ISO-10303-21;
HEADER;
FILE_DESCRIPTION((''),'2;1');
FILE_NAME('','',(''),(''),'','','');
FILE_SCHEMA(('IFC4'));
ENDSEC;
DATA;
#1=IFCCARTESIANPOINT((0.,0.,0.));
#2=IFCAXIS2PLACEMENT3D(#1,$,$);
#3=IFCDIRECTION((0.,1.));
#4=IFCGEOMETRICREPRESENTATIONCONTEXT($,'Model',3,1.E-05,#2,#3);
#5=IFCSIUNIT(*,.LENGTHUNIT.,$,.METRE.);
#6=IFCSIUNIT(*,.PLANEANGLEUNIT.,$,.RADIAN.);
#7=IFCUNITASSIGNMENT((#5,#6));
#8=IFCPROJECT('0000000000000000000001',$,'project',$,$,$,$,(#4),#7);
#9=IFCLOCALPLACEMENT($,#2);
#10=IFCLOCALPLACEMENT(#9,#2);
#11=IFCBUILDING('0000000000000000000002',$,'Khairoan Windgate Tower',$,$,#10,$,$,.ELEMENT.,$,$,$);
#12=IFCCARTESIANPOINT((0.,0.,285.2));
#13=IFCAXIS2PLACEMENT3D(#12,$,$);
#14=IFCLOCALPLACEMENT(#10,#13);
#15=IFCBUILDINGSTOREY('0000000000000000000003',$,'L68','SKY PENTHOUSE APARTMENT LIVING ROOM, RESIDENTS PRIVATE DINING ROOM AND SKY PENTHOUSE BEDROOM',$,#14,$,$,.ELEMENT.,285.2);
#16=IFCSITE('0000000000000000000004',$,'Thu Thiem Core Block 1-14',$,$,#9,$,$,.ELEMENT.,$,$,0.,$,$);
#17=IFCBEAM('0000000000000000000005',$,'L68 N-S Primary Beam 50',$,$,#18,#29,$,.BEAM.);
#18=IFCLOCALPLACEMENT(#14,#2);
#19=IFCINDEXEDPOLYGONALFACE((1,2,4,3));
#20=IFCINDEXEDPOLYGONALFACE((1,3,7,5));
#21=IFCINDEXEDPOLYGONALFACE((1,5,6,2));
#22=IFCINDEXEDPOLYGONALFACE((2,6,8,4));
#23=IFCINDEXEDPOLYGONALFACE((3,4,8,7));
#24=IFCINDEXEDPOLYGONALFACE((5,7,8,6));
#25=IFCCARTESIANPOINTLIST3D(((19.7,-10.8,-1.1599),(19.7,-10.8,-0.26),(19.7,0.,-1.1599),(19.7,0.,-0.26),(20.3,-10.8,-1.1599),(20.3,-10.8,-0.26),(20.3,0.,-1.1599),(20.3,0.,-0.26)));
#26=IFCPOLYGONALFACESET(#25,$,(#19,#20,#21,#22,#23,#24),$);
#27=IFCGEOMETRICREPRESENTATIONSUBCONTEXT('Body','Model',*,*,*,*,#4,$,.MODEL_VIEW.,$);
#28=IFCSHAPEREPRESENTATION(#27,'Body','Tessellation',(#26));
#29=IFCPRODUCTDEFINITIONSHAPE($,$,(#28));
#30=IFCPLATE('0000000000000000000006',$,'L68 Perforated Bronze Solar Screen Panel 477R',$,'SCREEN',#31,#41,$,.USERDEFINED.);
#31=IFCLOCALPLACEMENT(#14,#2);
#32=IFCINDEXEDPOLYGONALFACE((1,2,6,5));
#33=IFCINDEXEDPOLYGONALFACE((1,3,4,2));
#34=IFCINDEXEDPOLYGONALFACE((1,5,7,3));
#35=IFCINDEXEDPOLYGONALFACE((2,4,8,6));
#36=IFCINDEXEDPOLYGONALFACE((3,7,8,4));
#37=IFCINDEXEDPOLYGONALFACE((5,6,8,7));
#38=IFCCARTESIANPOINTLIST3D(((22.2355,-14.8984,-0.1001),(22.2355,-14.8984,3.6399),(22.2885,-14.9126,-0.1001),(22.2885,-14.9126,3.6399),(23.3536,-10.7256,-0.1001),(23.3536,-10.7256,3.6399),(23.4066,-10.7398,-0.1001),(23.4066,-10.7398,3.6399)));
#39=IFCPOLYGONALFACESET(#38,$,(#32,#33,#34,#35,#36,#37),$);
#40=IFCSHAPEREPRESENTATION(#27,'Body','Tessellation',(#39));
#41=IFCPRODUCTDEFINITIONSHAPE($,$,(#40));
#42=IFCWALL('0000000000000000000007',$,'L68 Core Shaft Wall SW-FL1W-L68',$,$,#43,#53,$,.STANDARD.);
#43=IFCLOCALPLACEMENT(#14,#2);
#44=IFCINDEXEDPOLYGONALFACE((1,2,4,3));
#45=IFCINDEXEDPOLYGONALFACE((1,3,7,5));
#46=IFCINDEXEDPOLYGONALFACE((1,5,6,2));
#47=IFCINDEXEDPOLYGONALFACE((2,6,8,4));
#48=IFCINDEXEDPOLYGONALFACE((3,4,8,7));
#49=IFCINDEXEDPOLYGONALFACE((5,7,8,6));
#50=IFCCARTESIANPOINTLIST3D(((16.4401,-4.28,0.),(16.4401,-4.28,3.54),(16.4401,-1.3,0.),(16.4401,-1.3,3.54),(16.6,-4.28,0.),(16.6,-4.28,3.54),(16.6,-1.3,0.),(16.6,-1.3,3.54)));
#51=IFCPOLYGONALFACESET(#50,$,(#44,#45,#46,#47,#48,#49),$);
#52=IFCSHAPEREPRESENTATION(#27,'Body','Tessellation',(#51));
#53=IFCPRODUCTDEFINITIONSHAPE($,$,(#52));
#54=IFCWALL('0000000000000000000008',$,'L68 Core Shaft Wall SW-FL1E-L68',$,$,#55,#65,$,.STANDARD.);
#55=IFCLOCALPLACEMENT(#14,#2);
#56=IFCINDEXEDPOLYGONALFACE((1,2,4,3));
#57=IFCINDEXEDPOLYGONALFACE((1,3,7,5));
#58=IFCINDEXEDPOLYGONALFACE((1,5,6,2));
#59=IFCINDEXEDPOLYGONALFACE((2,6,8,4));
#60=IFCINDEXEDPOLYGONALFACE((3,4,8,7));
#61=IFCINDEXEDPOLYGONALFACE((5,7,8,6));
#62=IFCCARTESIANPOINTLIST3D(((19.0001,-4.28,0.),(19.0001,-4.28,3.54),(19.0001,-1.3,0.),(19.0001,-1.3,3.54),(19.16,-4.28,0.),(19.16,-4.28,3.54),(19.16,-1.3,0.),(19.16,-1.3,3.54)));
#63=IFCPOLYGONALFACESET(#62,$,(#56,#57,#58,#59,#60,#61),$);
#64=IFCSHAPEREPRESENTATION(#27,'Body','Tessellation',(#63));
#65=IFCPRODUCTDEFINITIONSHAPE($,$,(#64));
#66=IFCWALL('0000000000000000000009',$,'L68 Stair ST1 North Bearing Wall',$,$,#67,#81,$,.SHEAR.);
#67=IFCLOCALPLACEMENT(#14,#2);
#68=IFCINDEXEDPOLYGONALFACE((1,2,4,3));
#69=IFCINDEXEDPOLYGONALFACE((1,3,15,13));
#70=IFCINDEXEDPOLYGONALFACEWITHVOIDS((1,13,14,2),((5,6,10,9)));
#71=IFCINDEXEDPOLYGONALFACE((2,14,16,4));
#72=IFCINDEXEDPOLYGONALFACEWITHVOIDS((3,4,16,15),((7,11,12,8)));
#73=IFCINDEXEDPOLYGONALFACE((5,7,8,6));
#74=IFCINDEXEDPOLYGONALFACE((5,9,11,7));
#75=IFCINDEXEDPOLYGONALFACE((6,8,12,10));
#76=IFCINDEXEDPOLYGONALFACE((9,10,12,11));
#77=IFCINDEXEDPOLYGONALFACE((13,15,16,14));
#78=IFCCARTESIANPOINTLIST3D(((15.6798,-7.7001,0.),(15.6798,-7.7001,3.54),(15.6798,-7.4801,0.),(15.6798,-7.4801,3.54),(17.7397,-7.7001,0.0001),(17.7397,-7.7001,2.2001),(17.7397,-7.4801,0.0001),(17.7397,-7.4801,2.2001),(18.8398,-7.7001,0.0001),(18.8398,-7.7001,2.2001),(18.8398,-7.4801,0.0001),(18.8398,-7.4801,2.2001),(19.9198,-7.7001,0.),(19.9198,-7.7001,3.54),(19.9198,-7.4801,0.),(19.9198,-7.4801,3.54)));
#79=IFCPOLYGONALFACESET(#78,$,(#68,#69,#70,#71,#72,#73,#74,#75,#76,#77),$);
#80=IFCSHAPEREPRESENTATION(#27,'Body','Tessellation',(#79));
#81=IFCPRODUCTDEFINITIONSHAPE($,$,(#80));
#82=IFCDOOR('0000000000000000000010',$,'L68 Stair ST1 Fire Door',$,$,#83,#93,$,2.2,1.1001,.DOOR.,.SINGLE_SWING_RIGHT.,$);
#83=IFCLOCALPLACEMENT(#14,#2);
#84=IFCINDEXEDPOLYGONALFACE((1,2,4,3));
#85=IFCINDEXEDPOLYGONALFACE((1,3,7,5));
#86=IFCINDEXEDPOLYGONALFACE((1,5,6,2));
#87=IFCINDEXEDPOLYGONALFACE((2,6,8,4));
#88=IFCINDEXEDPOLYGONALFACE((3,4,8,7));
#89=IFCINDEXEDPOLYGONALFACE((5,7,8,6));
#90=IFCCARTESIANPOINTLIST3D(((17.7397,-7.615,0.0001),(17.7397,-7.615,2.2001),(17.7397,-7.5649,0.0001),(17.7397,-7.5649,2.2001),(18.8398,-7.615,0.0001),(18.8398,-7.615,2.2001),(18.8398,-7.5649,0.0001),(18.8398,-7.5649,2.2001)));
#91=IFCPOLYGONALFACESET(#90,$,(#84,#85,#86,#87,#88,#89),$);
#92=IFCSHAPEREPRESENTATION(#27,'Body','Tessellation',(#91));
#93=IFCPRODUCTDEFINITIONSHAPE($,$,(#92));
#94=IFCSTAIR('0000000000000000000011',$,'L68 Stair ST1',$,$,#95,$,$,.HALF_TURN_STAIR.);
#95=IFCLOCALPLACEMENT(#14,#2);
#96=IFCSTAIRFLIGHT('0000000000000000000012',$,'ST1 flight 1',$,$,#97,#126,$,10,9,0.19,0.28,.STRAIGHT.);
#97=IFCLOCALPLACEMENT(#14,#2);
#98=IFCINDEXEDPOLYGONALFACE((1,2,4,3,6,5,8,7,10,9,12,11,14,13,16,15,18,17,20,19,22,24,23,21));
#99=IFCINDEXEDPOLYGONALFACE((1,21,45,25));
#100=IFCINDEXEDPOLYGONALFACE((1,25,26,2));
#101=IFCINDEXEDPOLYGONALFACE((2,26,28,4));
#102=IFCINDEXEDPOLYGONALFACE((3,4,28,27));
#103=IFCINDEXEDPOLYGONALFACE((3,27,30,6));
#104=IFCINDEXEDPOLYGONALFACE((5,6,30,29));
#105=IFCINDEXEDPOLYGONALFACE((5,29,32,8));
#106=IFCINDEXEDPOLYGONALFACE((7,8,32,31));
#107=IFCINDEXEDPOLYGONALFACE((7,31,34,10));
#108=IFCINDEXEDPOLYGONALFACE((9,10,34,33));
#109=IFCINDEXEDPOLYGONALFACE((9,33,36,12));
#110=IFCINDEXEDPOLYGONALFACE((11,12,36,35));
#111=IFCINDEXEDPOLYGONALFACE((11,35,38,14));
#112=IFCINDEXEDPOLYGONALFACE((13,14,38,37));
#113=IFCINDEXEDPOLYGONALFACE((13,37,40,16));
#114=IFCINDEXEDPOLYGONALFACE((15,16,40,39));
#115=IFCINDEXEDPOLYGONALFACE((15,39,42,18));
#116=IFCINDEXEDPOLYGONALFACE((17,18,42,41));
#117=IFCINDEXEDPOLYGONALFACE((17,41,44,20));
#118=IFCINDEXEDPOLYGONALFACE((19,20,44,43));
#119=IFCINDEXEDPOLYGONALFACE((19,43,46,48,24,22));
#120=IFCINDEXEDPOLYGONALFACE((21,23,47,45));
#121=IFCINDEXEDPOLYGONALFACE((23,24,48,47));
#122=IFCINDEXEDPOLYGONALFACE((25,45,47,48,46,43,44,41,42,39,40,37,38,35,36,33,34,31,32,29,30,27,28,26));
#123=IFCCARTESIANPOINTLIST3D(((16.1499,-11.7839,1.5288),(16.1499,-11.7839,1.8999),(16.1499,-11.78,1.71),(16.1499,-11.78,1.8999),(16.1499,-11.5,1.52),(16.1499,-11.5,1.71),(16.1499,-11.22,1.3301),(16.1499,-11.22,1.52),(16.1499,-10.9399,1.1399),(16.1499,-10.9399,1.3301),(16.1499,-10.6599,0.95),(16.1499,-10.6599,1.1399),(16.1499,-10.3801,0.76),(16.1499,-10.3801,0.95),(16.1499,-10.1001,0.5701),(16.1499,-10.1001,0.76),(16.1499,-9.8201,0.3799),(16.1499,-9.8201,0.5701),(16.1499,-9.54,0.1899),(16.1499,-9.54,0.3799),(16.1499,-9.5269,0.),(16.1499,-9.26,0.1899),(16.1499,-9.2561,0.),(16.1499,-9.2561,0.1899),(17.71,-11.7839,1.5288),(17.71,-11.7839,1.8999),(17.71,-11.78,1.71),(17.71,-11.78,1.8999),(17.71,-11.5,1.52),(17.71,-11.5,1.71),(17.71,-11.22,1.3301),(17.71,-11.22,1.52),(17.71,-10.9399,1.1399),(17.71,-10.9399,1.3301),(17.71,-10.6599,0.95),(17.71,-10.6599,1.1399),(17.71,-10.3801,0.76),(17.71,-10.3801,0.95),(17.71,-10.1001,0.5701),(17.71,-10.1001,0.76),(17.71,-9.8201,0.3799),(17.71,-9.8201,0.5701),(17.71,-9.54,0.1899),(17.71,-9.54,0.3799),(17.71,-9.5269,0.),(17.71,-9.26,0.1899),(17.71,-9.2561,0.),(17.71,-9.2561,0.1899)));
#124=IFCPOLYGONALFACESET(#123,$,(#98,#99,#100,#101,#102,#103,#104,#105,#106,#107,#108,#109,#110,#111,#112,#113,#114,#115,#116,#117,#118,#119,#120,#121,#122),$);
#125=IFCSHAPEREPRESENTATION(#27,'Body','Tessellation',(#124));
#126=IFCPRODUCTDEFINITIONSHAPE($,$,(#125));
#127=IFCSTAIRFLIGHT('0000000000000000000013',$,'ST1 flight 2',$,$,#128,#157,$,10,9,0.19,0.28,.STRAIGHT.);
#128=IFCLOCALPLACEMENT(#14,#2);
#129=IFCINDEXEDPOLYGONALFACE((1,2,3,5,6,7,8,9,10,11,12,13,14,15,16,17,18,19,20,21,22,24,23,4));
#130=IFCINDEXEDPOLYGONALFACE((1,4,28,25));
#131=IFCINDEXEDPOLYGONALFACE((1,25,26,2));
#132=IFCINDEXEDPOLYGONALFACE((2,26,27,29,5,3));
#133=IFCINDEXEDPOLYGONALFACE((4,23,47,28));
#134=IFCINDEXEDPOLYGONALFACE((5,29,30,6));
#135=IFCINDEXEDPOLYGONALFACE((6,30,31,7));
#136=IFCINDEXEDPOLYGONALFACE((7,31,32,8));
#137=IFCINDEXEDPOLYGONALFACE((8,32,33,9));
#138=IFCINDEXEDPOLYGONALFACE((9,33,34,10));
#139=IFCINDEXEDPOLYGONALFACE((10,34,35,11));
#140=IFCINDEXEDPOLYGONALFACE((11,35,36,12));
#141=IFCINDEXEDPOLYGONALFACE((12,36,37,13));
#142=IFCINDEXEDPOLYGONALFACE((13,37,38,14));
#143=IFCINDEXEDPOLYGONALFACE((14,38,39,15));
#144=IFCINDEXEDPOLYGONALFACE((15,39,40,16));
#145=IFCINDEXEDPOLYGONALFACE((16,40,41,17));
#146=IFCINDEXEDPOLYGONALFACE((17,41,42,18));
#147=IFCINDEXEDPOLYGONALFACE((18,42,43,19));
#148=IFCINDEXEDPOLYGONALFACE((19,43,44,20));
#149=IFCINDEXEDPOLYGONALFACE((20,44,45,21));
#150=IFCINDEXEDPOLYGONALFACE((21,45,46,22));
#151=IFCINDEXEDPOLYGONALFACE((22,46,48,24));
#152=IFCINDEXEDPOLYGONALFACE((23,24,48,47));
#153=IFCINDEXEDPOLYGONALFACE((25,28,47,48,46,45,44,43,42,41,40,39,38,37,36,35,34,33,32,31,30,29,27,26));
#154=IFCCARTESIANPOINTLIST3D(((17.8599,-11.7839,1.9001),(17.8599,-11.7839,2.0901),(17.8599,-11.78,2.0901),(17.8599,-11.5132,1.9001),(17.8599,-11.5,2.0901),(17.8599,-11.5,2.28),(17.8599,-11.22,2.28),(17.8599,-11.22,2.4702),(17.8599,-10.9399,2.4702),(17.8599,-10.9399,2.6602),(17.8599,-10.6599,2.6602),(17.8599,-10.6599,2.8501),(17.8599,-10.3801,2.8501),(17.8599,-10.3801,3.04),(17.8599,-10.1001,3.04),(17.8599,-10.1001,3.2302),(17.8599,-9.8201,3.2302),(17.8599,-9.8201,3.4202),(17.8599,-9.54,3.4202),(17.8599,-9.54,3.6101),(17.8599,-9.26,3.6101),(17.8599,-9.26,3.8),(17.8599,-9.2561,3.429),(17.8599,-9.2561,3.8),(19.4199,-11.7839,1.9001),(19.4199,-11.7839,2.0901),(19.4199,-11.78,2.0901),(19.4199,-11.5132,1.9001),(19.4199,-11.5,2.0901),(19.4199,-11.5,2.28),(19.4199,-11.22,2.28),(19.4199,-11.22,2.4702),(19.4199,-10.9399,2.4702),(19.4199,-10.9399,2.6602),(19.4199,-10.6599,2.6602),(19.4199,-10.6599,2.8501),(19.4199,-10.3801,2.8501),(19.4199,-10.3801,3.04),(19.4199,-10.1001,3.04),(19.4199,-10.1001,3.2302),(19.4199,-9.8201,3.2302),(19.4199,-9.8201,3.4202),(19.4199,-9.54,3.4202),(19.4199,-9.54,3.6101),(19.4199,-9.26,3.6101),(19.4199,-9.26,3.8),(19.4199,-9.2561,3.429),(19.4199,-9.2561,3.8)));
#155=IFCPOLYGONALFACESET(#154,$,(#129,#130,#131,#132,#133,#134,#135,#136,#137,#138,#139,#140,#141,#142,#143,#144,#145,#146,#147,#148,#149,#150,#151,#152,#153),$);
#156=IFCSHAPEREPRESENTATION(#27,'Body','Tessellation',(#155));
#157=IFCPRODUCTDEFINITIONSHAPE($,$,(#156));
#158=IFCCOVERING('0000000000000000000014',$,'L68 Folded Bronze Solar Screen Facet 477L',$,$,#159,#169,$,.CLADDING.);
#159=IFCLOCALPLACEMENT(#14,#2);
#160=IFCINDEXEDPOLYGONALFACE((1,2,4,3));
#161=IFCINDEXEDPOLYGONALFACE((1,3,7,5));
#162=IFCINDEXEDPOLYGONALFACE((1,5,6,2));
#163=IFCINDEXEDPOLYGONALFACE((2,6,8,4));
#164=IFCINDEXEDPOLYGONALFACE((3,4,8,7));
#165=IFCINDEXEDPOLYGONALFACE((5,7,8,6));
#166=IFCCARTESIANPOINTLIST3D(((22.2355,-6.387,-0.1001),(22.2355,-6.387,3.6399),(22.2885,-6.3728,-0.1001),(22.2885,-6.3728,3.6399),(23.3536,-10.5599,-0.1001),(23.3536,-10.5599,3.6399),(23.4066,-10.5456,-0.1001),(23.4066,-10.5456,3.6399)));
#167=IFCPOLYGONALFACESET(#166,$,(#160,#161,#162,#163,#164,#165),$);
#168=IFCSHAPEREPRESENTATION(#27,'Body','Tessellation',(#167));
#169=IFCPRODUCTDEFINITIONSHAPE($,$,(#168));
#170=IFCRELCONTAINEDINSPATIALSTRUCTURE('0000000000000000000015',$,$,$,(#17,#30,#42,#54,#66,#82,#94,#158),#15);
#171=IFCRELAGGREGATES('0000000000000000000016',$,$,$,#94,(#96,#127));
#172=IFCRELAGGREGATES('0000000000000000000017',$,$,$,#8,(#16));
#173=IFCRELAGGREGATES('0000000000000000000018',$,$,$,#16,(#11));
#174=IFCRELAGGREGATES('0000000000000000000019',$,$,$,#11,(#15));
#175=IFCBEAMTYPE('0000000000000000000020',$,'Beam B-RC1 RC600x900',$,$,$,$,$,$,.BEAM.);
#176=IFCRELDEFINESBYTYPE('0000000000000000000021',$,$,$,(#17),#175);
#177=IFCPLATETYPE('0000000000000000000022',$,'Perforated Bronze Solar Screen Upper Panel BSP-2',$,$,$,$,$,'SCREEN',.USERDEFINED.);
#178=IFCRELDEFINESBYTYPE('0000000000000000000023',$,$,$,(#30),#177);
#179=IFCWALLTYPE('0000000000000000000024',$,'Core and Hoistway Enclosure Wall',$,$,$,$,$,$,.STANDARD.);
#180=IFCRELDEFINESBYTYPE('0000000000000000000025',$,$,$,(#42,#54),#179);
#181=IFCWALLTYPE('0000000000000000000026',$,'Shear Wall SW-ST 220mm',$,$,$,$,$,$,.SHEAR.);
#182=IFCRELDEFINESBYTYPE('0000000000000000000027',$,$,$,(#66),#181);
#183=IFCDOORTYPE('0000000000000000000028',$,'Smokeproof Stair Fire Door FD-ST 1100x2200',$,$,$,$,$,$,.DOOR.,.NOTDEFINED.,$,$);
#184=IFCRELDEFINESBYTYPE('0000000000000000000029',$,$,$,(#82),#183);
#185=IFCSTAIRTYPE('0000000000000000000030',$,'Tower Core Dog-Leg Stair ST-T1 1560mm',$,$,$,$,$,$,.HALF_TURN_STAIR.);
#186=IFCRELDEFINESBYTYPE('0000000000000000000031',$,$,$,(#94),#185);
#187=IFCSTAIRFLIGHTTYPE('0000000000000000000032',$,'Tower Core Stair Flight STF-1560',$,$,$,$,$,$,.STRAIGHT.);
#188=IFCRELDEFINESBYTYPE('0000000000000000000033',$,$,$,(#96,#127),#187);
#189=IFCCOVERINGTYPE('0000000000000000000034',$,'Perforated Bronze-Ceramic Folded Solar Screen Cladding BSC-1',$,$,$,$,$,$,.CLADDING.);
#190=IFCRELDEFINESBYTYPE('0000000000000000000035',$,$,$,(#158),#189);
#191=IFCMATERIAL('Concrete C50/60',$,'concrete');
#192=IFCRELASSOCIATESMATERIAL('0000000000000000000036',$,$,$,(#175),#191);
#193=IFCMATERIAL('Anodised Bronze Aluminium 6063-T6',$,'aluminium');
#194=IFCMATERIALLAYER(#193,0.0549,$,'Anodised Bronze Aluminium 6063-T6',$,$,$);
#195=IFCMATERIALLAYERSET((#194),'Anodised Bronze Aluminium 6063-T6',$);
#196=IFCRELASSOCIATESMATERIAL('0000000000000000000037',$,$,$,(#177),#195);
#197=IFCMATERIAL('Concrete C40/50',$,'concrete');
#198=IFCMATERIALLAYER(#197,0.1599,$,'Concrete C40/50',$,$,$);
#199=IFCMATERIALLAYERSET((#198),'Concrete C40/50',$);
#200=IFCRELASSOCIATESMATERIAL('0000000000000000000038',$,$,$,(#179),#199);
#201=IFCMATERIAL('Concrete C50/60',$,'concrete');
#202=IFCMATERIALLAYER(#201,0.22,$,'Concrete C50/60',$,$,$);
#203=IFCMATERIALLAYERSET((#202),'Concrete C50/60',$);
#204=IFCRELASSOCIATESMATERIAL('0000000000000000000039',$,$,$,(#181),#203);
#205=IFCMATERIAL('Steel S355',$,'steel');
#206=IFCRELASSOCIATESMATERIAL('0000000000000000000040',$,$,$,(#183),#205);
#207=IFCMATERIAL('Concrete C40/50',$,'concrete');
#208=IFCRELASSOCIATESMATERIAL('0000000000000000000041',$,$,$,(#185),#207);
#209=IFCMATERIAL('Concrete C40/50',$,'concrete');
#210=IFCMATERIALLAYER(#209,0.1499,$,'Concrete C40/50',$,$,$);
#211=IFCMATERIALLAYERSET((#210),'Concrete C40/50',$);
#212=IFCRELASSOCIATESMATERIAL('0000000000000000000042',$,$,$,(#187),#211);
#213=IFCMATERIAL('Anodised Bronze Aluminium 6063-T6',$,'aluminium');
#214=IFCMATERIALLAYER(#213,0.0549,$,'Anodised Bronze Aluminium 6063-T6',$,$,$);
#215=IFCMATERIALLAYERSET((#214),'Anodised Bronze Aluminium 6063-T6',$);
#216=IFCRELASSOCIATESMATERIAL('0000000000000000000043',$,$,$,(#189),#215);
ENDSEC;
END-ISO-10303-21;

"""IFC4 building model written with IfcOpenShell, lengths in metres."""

from ifc_helpers import new_model, si_unit, direction, frame, frame_2d, origin, origin_2d, place, context, subcontext, project, spatial, polyline, rectangle, outline, extrude, material, layer, layer_set, material_profile, profile_set, type_object, element, fill, aggregate, save


model = new_model("IFC4")

# Units and contexts
model_context = context("Model", 3, precision=1e-05, world=origin(), true_north=direction((0.0, 1.0)))
body_context = subcontext(model_context, "Body", "Model", "MODEL_VIEW")
ifc_project = project(units=[si_unit("LENGTHUNIT", "METRE"), si_unit("PLANEANGLEUNIT", "RADIAN")], contexts=[model_context])

# Site, building, storey
site_placement = place(None, origin())
site = spatial("IfcSite", under=ifc_project, at=site_placement, Name="Thu Thiem Core Block 1-14", CompositionType="ELEMENT", RefElevation=0.0)
building_placement = place(site_placement, origin())
building = spatial("IfcBuilding", under=site, at=building_placement, Name="Khairoan Windgate Tower", CompositionType="ELEMENT")
storey_placement = place(building_placement, frame((0.0, 0.0, 285.2)))
storey = spatial("IfcBuildingStorey", under=building, at=storey_placement, Name="L68", Description="SKY PENTHOUSE APARTMENT LIVING ROOM, RESIDENTS PRIVATE DINING ROOM AND SKY PENTHOUSE BEDROOM", CompositionType="ELEMENT", Elevation=285.2)

# Beam
ifc_material_1 = material(Name="Concrete C50/60", Category="concrete")
ifc_material_profile = material_profile(ifc_material_1, rectangle(XDim=0.6001, YDim=0.8999, at=origin_2d()))
ifc_profile_set = profile_set([ifc_material_profile], Name="Concrete C50/60")
beam_type = type_object("IfcBeamType", Name="Beam B-RC1 RC600x900", PredefinedType="BEAM", material=ifc_profile_set)
beam_placement = place(storey_placement, frame((20.0, -10.8, -0.71), z_axis=(0.0, 1.0, 0.0), x_axis=(-1.0, 0.0, 0.0)))
element("IfcBeam", 1, at=beam_placement, inside=storey, type_object=beam_type, Name="L68 N-S Primary Beam 50", PredefinedType="BEAM", context=body_context, shape_type="SweptSolid", body=[
    extrude(rectangle(XDim=0.6001, YDim=0.8999, at=origin_2d()), origin(), (0.0, 0.0, 1.0), 10.8),
])

# Plate
ifc_material_2 = material(Name="Anodised Bronze Aluminium 6063-T6", Category="aluminium")
ifc_layer_1 = layer(ifc_material_2, 0.0549, Name="Anodised Bronze Aluminium 6063-T6")
ifc_layer_set_1 = layer_set([ifc_layer_1], Name="Anodised Bronze Aluminium 6063-T6")
plate_type = type_object("IfcPlateType", Name="Perforated Bronze Solar Screen Upper Panel BSP-2", ElementType="SCREEN", PredefinedType="USERDEFINED", material=ifc_layer_set_1)
plate_placement = place(storey_placement, frame((22.821, -12.8191, -0.1001), z_axis=(0.0, 0.0, 1.0), x_axis=(-0.258819, -0.965926, 0.0)))
element("IfcPlate", 2, at=plate_placement, inside=storey, type_object=plate_type, Name="L68 Perforated Bronze Solar Screen Panel 477R", ObjectType="SCREEN", PredefinedType="USERDEFINED", context=body_context, shape_type="SweptSolid", body=[
    extrude(rectangle(XDim=4.3201, YDim=0.0549, at=origin_2d()), origin(), (0.0, 0.0, 1.0), 3.74),
])

# Walls
ifc_material_3 = material(Name="Concrete C40/50", Category="concrete")
ifc_layer_2 = layer(ifc_material_3, 0.1599, Name="Concrete C40/50")
ifc_layer_set_2 = layer_set([ifc_layer_2], Name="Concrete C40/50")
wall_type_1 = type_object("IfcWallType", Name="Core and Hoistway Enclosure Wall", PredefinedType="STANDARD", material=ifc_layer_set_2)
for number, where, z_axis, x_axis, name in (
    (3, (16.52, -4.28, 0.0), (0.0, 0.0, 1.0), (0.0, 1.0, 0.0), "L68 Core Shaft Wall SW-FL1W-L68"),
    (4, (19.0801, -4.28, 0.0), (0.0, 0.0, 1.0), (0.0, 1.0, 0.0), "L68 Core Shaft Wall SW-FL1E-L68"),
):
    element("IfcWall", number, at=place(storey_placement, frame(where, z_axis=z_axis, x_axis=x_axis)), inside=storey, type_object=wall_type_1, Name=name, PredefinedType="STANDARD", context=body_context, shape_type="SweptSolid", body=[
        extrude(rectangle(XDim=2.98, YDim=0.1599, at=frame_2d((1.49, 0.0))), origin(), (0.0, 0.0, 1.0), 3.54),
    ])

# Wall, opening, door
ifc_material_4 = material(Name="Concrete C50/60", Category="concrete")
ifc_layer_3 = layer(ifc_material_4, 0.22, Name="Concrete C50/60")
ifc_layer_set_3 = layer_set([ifc_layer_3], Name="Concrete C50/60")
wall_type_2 = type_object("IfcWallType", Name="Shear Wall SW-ST 220mm", PredefinedType="SHEAR", material=ifc_layer_set_3)
wall_placement = place(storey_placement, frame((19.9199, -7.5901, 0.0), z_axis=(0.0, 0.0, 1.0), x_axis=(-1.0, 0.0, 0.0)))
wall = element("IfcWall", 5, at=wall_placement, inside=storey, type_object=wall_type_2, Name="L68 Stair ST1 North Bearing Wall", PredefinedType="SHEAR", context=body_context, shape_type="SweptSolid", body=[
    extrude(rectangle(XDim=4.24, YDim=0.22, at=frame_2d((2.1201, 0.0))), origin(), (0.0, 0.0, 1.0), 3.54),
])
opening_placement = place(wall_placement, frame((1.0801, 0.0, 0.0)))
opening = element("IfcOpeningElement", 6, at=opening_placement, cuts=wall, PredefinedType="OPENING", context=body_context, shape_type="SweptSolid", body=[
    extrude(rectangle(XDim=1.1001, YDim=2.2, at=frame_2d((0.55, 1.1001))), frame((0.0, 0.1199, 0.0), z_axis=(0.0, -1.0, 0.0), x_axis=(1.0, 0.0, 0.0)), (0.0, 0.0, 1.0), 0.24),
])
ifc_material_5 = material(Name="Steel S355", Category="steel")
door_type = type_object("IfcDoorType", Name="Smokeproof Stair Fire Door FD-ST 1100x2200", OperationType="NOTDEFINED", PredefinedType="DOOR", material=ifc_material_5)
door_placement = place(opening_placement, origin())
door = element("IfcDoor", 7, at=door_placement, inside=storey, type_object=door_type, Name="L68 Stair ST1 Fire Door", OperationType="SINGLE_SWING_RIGHT", OverallHeight=2.2, OverallWidth=1.1001, PredefinedType="DOOR", context=body_context, shape_type="SweptSolid", body=[
    extrude(rectangle(XDim=1.1001, YDim=2.2, at=frame_2d((0.55, 1.1001))), frame((0.0, 0.0249, 0.0), z_axis=(0.0, -1.0, 0.0), x_axis=(1.0, 0.0, 0.0)), (0.0, 0.0, 1.0), 0.05),
])
fill(opening, door)

# Stair, stair flights
ifc_material_6 = material(Name="Concrete C40/50", Category="concrete")
stair_type = type_object("IfcStairType", Name="Tower Core Dog-Leg Stair ST-T1 1560mm", PredefinedType="HALF_TURN_STAIR", material=ifc_material_6)
stair_placement = place(storey_placement, origin())
stair = element("IfcStair", 8, at=stair_placement, inside=storey, type_object=stair_type, Name="L68 Stair ST1", PredefinedType="HALF_TURN_STAIR")
ifc_material_7 = material(Name="Concrete C40/50", Category="concrete")
ifc_layer_4 = layer(ifc_material_7, 0.1499, Name="Concrete C40/50")
ifc_layer_set_4 = layer_set([ifc_layer_4], Name="Concrete C40/50")
stair_flight_type = type_object("IfcStairFlightType", Name="Tower Core Stair Flight STF-1560", PredefinedType="STRAIGHT", material=ifc_layer_set_4)
stair_flight_1_placement = place(storey_placement, frame((16.9299, -9.26, 0.0), z_axis=(0.0, 0.0, 1.0), x_axis=(0.0, -1.0, 0.0)))
stair_flight_1 = element("IfcStairFlight", 9, at=stair_flight_1_placement, type_object=stair_flight_type, Name="ST1 flight 1", NumberOfRisers=10, NumberOfTreads=9, PredefinedType="STRAIGHT", RiserHeight=0.19, TreadLength=0.28, context=body_context, shape_type="SweptSolid", body=[
    extrude(outline(polyline([(-0.0039, 0.0), (-0.0039, 0.1899), (0.0, 0.1899), (0.28, 0.1899), (0.28, 0.3799), (0.5601, 0.3799), (0.5601, 0.5701), (0.8401, 0.5701), (0.8401, 0.76), (1.1201, 0.76), (1.1201, 0.95), (1.3999, 0.95), (1.3999, 1.1399), (1.6799, 1.1399), (1.6799, 1.3301), (1.96, 1.3301), (1.96, 1.52), (2.24, 1.52), (2.24, 1.71), (2.52, 1.71), (2.52, 1.8999), (2.5239, 1.8999), (2.5239, 1.5288), (0.2668, 0.0), (-0.0039, 0.0)])), frame((0.0, 0.78, 0.0), z_axis=(0.0, -1.0, 0.0), x_axis=(1.0, 0.0, 0.0)), (0.0, 0.0, 1.0), 1.5601),
])
stair_flight_2_placement = place(storey_placement, frame((18.6399, -11.78, 1.9001), z_axis=(0.0, 0.0, 1.0), x_axis=(0.0, 1.0, 0.0)))
stair_flight_2 = element("IfcStairFlight", 10, at=stair_flight_2_placement, type_object=stair_flight_type, Name="ST1 flight 2", NumberOfRisers=10, NumberOfTreads=9, PredefinedType="STRAIGHT", RiserHeight=0.19, TreadLength=0.28, context=body_context, shape_type="SweptSolid", body=[
    extrude(outline(polyline([(-0.0039, 0.0), (-0.0039, 0.1899), (0.0, 0.1899), (0.28, 0.1899), (0.28, 0.3799), (0.5601, 0.3799), (0.5601, 0.5701), (0.8401, 0.5701), (0.8401, 0.76), (1.1201, 0.76), (1.1201, 0.95), (1.3999, 0.95), (1.3999, 1.1399), (1.6799, 1.1399), (1.6799, 1.3301), (1.96, 1.3301), (1.96, 1.52), (2.24, 1.52), (2.24, 1.71), (2.52, 1.71), (2.52, 1.8999), (2.5239, 1.8999), (2.5239, 1.5288), (0.2668, 0.0), (-0.0039, 0.0)])), frame((0.0, 0.78, 0.0), z_axis=(0.0, -1.0, 0.0), x_axis=(1.0, 0.0, 0.0)), (0.0, 0.0, 1.0), 1.5601),
])
aggregate(stair, [stair_flight_1, stair_flight_2])

# Covering
ifc_material_8 = material(Name="Anodised Bronze Aluminium 6063-T6", Category="aluminium")
ifc_layer_5 = layer(ifc_material_8, 0.0549, Name="Anodised Bronze Aluminium 6063-T6")
ifc_layer_set_5 = layer_set([ifc_layer_5], Name="Anodised Bronze Aluminium 6063-T6")
covering_type = type_object("IfcCoveringType", Name="Perforated Bronze-Ceramic Folded Solar Screen Cladding BSC-1", PredefinedType="CLADDING", material=ifc_layer_set_5)
covering_placement = place(storey_placement, frame((22.821, -8.4663, -0.1001), z_axis=(0.0, 0.0, 1.0), x_axis=(0.258819, -0.965926, 0.0)))
element("IfcCovering", 11, at=covering_placement, inside=storey, type_object=covering_type, Name="L68 Folded Bronze Solar Screen Facet 477L", PredefinedType="CLADDING", context=body_context, shape_type="SweptSolid", body=[
    extrude(rectangle(XDim=4.3201, YDim=0.0549, at=origin_2d()), origin(), (0.0, 0.0, 1.0), 3.74),
])

save(model, "model.ifc")
